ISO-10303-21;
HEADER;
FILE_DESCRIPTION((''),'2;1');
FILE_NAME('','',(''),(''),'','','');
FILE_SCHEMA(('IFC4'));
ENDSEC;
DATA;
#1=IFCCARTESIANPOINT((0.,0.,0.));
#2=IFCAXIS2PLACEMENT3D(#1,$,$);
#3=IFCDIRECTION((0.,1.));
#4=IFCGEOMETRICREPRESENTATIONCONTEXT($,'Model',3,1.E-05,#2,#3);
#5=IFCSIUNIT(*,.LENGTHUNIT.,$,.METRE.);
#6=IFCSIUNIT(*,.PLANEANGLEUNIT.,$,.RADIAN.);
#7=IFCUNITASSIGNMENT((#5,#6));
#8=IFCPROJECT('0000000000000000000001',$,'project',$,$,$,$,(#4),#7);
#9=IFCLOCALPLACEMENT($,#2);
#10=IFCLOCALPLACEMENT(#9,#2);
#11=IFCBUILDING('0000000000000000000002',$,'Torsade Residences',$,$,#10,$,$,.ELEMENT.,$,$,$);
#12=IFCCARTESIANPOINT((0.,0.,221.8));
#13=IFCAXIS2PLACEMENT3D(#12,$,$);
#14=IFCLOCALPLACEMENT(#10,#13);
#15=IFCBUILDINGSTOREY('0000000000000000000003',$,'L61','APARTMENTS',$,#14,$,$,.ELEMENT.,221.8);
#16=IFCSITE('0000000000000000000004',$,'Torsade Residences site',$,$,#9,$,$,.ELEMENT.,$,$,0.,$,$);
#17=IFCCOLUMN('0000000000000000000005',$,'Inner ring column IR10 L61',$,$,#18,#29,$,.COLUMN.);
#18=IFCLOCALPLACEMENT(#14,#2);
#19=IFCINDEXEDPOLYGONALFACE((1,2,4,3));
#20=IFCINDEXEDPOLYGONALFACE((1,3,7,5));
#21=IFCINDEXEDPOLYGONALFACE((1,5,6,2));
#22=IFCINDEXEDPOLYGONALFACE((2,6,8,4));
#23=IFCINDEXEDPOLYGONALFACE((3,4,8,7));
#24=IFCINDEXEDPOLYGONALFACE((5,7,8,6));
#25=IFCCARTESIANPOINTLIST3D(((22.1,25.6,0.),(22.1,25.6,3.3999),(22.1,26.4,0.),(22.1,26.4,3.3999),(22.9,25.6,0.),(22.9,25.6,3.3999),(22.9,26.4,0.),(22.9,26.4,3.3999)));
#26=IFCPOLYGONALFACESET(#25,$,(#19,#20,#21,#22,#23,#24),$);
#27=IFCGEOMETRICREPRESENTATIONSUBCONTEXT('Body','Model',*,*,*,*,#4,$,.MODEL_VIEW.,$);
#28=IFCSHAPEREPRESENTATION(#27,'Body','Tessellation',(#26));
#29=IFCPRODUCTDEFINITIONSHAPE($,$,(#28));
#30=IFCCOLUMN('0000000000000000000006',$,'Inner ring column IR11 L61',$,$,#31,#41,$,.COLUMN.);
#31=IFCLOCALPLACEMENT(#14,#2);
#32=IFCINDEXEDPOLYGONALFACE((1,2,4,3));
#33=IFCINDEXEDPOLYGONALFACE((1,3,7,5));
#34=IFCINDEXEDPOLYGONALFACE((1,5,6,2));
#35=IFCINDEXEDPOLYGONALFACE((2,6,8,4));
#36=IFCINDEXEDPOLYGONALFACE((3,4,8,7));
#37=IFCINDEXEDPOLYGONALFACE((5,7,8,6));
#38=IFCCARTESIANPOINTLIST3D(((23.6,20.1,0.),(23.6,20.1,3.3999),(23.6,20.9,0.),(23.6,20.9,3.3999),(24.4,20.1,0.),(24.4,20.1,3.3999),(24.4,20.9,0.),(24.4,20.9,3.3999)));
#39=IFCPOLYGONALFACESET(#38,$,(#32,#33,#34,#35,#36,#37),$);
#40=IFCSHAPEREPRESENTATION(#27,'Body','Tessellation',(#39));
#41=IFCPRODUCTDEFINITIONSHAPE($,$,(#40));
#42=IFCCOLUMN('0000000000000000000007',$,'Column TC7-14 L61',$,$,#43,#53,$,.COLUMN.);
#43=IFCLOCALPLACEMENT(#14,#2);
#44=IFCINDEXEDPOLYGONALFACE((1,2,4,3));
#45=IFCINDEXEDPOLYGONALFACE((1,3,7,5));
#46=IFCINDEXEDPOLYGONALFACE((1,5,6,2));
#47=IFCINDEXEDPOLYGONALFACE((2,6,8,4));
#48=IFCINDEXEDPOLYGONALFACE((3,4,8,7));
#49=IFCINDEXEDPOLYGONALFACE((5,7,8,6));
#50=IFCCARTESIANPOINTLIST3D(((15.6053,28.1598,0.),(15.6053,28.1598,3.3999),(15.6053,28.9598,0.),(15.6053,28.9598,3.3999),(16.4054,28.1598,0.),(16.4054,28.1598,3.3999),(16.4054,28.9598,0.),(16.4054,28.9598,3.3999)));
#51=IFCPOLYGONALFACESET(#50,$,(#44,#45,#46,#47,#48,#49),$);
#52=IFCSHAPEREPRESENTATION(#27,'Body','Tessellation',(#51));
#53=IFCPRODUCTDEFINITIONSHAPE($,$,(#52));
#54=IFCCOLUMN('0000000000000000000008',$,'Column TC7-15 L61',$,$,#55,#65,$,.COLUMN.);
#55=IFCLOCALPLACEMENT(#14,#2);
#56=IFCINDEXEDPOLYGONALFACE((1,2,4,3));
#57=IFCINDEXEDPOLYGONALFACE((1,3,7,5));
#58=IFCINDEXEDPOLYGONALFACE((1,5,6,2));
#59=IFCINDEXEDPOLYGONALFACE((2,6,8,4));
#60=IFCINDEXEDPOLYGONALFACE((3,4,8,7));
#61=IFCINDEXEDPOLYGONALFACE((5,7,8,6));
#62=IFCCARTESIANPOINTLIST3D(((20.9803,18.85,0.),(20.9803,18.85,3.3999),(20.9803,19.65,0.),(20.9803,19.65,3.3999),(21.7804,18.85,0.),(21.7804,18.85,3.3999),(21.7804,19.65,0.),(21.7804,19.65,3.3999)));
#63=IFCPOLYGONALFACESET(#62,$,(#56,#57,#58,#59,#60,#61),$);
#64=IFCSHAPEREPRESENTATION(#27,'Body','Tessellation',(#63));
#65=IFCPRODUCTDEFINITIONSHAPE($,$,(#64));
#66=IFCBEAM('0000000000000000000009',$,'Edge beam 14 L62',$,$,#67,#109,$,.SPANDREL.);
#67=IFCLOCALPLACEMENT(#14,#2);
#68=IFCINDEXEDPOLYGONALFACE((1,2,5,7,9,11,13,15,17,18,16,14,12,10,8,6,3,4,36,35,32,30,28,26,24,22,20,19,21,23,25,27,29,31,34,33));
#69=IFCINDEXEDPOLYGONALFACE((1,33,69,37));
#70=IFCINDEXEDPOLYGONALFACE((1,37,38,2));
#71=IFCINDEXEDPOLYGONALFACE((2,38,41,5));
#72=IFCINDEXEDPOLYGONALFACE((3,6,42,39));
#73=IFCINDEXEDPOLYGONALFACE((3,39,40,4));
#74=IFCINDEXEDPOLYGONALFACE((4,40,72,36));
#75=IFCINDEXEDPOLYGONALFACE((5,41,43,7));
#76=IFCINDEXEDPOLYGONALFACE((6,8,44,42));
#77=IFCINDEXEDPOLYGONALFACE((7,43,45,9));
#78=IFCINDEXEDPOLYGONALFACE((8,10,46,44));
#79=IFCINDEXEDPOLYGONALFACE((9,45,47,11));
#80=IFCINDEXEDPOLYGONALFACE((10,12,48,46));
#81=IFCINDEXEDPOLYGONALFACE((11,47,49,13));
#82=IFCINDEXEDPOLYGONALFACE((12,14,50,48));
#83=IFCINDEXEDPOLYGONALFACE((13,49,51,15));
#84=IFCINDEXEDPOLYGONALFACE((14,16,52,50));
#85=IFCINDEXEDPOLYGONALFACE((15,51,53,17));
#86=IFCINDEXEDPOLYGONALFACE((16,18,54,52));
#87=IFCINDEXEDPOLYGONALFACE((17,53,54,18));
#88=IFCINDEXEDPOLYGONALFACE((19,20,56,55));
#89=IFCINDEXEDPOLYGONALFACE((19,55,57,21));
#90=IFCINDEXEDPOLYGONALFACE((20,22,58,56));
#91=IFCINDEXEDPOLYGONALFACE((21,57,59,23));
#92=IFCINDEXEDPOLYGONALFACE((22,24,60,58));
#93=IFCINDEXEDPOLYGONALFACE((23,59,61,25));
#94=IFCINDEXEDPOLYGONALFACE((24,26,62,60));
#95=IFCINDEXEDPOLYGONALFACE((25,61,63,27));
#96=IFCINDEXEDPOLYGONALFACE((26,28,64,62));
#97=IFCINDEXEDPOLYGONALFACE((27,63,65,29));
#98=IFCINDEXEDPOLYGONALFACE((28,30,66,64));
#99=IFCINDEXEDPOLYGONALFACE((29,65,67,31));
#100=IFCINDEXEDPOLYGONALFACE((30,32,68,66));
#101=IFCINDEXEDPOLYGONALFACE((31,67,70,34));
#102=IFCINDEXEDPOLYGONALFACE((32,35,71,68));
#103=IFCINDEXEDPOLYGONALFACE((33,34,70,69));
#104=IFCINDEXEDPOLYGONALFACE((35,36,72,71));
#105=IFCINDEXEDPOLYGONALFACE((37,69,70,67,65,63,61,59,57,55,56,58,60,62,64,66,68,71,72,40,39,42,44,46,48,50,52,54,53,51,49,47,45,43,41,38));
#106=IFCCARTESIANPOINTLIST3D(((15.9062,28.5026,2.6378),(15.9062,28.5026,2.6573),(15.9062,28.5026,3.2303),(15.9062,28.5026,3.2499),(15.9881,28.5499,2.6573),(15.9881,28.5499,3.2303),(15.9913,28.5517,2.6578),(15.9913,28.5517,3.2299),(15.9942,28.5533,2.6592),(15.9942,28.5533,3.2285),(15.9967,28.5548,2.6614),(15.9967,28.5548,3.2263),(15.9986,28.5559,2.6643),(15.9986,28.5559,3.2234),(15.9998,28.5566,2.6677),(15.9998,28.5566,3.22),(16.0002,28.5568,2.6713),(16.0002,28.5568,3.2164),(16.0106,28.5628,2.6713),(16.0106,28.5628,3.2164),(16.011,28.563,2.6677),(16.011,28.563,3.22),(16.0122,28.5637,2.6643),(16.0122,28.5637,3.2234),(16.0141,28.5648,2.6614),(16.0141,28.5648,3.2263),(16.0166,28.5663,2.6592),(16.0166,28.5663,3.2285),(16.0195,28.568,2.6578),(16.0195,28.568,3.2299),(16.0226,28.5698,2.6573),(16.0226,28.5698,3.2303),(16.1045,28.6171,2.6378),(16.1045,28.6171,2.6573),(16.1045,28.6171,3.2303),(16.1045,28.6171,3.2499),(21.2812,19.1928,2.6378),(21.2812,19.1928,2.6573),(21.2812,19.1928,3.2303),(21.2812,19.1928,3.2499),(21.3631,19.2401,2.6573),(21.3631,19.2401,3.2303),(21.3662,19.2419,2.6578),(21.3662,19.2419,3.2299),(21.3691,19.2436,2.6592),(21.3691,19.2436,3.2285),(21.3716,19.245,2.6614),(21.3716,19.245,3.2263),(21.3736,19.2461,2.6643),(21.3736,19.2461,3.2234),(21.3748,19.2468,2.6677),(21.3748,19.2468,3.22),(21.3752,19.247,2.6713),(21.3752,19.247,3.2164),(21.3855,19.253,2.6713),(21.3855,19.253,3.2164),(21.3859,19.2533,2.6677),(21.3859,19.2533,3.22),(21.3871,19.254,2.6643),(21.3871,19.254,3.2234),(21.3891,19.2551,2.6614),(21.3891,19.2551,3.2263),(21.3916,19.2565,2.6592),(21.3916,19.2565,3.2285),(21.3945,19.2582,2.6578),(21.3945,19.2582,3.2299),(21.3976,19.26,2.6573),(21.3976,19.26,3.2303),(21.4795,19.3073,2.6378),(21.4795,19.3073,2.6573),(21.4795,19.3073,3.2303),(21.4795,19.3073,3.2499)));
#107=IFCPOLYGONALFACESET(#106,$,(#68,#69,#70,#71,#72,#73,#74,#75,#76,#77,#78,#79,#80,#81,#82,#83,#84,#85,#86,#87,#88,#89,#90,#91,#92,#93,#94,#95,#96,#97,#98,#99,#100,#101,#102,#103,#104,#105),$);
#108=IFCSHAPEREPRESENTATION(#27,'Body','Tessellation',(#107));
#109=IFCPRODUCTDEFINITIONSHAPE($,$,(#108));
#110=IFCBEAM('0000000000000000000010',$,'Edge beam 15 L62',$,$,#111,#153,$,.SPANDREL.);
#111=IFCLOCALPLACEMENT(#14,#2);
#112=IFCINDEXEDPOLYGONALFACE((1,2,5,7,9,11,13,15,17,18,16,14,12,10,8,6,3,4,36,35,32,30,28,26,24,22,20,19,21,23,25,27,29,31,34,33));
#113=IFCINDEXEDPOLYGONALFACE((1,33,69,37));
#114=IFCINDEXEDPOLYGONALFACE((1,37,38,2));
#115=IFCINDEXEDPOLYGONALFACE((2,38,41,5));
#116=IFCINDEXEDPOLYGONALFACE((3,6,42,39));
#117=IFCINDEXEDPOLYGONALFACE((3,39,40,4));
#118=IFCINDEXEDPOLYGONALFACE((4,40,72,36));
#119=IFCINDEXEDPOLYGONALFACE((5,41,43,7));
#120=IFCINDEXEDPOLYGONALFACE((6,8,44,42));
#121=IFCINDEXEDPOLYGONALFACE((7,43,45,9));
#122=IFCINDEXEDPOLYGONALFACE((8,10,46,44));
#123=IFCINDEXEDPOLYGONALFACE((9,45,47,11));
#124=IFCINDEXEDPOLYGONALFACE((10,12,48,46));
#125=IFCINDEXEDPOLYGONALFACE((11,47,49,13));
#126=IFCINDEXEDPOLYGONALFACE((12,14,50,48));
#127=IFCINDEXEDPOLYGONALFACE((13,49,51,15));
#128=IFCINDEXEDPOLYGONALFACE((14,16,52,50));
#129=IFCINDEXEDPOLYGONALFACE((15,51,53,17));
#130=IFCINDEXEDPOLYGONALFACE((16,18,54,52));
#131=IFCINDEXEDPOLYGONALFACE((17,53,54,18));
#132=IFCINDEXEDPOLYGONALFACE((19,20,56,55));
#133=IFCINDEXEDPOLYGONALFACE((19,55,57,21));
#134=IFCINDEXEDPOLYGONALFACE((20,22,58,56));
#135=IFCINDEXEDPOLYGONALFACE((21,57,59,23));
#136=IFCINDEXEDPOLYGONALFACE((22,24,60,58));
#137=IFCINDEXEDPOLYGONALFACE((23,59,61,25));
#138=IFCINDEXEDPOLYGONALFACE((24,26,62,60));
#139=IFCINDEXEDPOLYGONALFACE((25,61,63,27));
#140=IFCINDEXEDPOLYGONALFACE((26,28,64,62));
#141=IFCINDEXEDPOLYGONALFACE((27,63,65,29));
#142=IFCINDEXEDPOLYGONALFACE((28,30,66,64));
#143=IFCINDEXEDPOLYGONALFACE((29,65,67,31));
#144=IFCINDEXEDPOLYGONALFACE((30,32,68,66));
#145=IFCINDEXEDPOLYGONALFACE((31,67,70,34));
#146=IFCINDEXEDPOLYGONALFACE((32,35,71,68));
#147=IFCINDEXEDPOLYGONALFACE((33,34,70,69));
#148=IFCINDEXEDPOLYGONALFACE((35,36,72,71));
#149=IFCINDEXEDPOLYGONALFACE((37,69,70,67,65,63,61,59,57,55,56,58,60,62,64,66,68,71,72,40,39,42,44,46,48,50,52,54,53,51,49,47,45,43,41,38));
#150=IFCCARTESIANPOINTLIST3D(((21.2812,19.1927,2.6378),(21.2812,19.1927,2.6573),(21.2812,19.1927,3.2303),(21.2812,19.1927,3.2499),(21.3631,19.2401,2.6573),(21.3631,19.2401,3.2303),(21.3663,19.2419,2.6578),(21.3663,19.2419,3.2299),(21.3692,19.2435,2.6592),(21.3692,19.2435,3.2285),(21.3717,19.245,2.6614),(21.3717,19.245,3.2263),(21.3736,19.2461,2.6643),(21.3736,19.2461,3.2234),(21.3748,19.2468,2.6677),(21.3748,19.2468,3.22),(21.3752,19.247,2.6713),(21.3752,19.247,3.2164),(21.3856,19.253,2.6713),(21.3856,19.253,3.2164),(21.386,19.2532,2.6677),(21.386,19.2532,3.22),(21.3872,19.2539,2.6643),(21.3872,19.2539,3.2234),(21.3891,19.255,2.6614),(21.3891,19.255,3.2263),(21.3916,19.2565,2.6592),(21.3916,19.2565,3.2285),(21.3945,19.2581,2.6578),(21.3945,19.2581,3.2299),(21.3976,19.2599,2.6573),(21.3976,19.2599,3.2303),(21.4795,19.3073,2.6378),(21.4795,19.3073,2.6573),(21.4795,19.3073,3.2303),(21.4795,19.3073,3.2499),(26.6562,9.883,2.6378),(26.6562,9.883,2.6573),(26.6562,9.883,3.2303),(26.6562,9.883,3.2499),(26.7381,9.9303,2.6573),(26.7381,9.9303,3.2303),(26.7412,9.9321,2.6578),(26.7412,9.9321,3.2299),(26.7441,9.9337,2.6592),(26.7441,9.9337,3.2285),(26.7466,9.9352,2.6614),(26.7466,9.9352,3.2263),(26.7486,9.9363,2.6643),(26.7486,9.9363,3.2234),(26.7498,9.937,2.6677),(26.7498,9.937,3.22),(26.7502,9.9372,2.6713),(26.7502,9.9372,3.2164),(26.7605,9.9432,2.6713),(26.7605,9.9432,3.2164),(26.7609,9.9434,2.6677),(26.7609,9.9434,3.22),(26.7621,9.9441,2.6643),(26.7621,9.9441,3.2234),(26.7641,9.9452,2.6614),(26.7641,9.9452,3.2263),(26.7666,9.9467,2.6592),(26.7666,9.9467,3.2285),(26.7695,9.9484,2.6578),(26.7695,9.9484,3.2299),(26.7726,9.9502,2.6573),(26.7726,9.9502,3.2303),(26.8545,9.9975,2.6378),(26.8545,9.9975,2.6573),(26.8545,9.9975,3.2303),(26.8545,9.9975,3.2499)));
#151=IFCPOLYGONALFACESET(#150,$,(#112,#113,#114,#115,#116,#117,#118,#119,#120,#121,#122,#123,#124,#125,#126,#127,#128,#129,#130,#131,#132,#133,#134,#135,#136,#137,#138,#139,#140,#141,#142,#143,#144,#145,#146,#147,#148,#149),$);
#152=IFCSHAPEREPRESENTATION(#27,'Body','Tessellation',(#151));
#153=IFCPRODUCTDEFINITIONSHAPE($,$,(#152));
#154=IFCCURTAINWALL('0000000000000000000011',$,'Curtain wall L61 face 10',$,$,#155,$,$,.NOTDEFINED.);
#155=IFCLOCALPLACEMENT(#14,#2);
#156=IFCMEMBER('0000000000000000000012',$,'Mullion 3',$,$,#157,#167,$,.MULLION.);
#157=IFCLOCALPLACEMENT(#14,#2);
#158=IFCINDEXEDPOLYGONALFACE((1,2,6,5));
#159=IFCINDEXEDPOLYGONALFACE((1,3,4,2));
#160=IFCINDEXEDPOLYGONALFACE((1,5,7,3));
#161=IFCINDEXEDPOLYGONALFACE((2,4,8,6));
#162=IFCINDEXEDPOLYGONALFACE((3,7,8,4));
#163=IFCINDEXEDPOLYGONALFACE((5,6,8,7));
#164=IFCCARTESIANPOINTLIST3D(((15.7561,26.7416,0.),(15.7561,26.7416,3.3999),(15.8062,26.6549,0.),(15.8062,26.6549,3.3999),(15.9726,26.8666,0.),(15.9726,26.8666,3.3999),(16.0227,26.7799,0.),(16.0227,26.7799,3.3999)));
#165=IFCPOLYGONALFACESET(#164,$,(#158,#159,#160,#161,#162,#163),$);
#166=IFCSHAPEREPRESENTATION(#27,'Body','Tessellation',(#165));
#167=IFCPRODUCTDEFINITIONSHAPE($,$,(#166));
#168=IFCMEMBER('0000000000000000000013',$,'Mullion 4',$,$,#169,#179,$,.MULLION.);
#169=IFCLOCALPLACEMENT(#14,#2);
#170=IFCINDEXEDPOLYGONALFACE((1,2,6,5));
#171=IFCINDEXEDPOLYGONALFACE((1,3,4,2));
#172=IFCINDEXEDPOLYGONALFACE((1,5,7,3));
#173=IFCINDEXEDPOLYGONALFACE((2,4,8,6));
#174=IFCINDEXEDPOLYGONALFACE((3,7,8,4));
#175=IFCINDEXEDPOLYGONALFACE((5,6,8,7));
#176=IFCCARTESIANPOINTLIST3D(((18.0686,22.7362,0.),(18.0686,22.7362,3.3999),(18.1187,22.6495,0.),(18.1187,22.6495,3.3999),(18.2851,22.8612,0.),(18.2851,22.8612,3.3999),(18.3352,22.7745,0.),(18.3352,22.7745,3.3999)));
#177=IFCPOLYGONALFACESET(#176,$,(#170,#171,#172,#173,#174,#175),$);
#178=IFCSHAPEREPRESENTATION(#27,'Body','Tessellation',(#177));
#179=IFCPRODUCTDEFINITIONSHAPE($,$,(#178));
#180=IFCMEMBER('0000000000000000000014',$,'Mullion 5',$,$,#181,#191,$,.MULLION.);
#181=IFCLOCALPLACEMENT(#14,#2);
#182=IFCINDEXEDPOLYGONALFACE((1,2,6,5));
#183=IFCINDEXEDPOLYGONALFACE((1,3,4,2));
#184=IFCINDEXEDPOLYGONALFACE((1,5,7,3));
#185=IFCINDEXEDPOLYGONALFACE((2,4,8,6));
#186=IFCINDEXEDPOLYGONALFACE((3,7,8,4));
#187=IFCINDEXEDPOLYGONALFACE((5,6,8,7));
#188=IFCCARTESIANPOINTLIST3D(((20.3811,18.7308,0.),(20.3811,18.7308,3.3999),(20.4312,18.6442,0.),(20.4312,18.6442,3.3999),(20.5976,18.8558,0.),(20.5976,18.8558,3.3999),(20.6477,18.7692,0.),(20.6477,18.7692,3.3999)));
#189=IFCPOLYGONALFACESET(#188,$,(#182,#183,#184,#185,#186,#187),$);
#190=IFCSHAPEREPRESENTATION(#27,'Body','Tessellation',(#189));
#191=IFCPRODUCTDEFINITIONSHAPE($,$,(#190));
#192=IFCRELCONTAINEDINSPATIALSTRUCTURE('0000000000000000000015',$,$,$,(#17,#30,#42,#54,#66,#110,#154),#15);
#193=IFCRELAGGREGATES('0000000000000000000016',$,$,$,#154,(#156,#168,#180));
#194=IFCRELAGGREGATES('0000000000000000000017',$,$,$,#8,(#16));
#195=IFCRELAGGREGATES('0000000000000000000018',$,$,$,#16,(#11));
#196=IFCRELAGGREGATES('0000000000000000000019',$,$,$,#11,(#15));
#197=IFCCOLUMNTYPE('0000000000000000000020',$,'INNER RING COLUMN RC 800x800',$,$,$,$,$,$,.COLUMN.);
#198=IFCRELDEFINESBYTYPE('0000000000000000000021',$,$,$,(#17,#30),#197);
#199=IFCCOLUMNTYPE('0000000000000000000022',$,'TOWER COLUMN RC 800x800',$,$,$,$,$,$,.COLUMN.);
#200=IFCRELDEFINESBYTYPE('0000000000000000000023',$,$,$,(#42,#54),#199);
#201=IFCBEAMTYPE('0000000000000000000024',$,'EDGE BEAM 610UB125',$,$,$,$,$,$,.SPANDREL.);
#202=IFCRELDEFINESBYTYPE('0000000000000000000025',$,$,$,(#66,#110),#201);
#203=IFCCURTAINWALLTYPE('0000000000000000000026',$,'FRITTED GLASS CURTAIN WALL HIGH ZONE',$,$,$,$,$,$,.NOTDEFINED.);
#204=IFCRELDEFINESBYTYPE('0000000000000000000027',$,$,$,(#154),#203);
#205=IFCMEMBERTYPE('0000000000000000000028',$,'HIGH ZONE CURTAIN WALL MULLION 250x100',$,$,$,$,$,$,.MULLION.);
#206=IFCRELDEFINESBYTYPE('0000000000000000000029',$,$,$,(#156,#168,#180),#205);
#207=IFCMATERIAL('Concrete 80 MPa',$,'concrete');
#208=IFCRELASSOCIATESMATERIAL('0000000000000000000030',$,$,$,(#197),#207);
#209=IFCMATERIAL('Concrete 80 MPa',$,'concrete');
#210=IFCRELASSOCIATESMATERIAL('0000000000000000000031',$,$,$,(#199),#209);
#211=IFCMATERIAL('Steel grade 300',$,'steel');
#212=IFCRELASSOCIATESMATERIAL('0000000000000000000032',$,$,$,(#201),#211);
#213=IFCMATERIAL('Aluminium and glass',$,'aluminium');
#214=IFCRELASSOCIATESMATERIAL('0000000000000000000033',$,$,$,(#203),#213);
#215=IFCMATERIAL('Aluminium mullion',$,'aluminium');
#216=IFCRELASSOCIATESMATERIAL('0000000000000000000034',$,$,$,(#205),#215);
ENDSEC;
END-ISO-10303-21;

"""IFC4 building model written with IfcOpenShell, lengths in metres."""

from ifc_helpers import new_model, si_unit, direction, frame, origin, origin_2d, place, context, subcontext, project, spatial, rectangle, i_section, extrude, material, material_profile, profile_set, type_object, element, aggregate, save


model = new_model("IFC4")

# Units and contexts
model_context = context("Model", 3, precision=1e-05, world=origin(), true_north=direction((0.0, 1.0)))
body_context = subcontext(model_context, "Body", "Model", "MODEL_VIEW")
ifc_project = project(units=[si_unit("LENGTHUNIT", "METRE"), si_unit("PLANEANGLEUNIT", "RADIAN")], contexts=[model_context])

# Site, building, storey
site_placement = place(None, origin())
site = spatial("IfcSite", under=ifc_project, at=site_placement, Name="Torsade Residences site", CompositionType="ELEMENT", RefElevation=0.0)
building_placement = place(site_placement, origin())
building = spatial("IfcBuilding", under=site, at=building_placement, Name="Torsade Residences", CompositionType="ELEMENT")
storey_placement = place(building_placement, frame((0.0, 0.0, 221.8)))
storey = spatial("IfcBuildingStorey", under=building, at=storey_placement, Name="L61", Description="APARTMENTS", CompositionType="ELEMENT", Elevation=221.8)

# Columns
ifc_material_1 = material(Name="Concrete 80 MPa", Category="concrete")
ifc_material_profile_1 = material_profile(ifc_material_1, rectangle(XDim=0.8, YDim=0.8, at=origin_2d()), Name="RC 800x800")
ifc_profile_set_1 = profile_set([ifc_material_profile_1], Name="Concrete 80 MPa")
column_type_1 = type_object("IfcColumnType", Name="INNER RING COLUMN RC 800x800", PredefinedType="COLUMN", material=ifc_profile_set_1)
for number, where, z_axis, x_axis, name in (
    (1, (22.5, 26.0, 0.0), (0.0, 0.0, 1.0), (1.0, 0.0, 0.0), "Inner ring column IR10 L61"),
    (2, (24.0, 20.5, 0.0), (0.0, 0.0, 1.0), (1.0, 0.0, 0.0), "Inner ring column IR11 L61"),
):
    element("IfcColumn", number, at=place(storey_placement, frame(where, z_axis=z_axis, x_axis=x_axis)), inside=storey, type_object=column_type_1, Name=name, PredefinedType="COLUMN", context=body_context, shape_type="SweptSolid", body=[
        extrude(rectangle(XDim=0.8, YDim=0.8, at=origin_2d()), origin(), (0.0, 0.0, 1.0), 3.3999),
    ])
ifc_material_2 = material(Name="Concrete 80 MPa", Category="concrete")
ifc_material_profile_2 = material_profile(ifc_material_2, rectangle(XDim=0.8, YDim=0.8, at=origin_2d()), Name="RC 800x800")
ifc_profile_set_2 = profile_set([ifc_material_profile_2], Name="Concrete 80 MPa")
column_type_2 = type_object("IfcColumnType", Name="TOWER COLUMN RC 800x800", PredefinedType="COLUMN", material=ifc_profile_set_2)
for number, where, z_axis, x_axis, name in (
    (3, (16.0054, 28.5598, 0.0), (0.0, 0.0, 1.0), (1.0, 0.0, 0.0), "Column TC7-14 L61"),
    (4, (21.3804, 19.25, 0.0), (0.0, 0.0, 1.0), (1.0, 0.0, 0.0), "Column TC7-15 L61"),
):
    element("IfcColumn", number, at=place(storey_placement, frame(where, z_axis=z_axis, x_axis=x_axis)), inside=storey, type_object=column_type_2, Name=name, PredefinedType="COLUMN", context=body_context, shape_type="SweptSolid", body=[
        extrude(rectangle(XDim=0.8, YDim=0.8, at=origin_2d()), origin(), (0.0, 0.0, 1.0), 3.3999),
    ])

# Beams
ifc_material_3 = material(Name="Steel grade 300", Category="steel")
ifc_material_profile_3 = material_profile(ifc_material_3, i_section(OverallWidth=0.229, OverallDepth=0.6121, WebThickness=0.012, FlangeThickness=0.0195, FilletRadius=0.0139, at=origin_2d()), Name="610UB125")
ifc_profile_set_3 = profile_set([ifc_material_profile_3], Name="Steel grade 300")
beam_type_1 = type_object("IfcBeamType", Name="EDGE BEAM 610UB125", PredefinedType="SPANDREL", material=ifc_profile_set_3)
for number, where, z_axis, x_axis, name in (
    (5, (16.0054, 28.5598, 2.9438), (0.499998, -0.866026, 0.0), (0.866026, 0.499998, 0.0), "Edge beam 14 L62"),
    (6, (21.3804, 19.25, 2.9438), (0.499998, -0.866026, 0.0), (0.866026, 0.499998, 0.0), "Edge beam 15 L62"),
):
    element("IfcBeam", number, at=place(storey_placement, frame(where, z_axis=z_axis, x_axis=x_axis)), inside=storey, type_object=beam_type_1, Name=name, PredefinedType="SPANDREL", context=body_context, shape_type="SweptSolid", body=[
        extrude(i_section(OverallWidth=0.229, OverallDepth=0.6121, WebThickness=0.012, FlangeThickness=0.0195, FilletRadius=0.0139, at=origin_2d()), origin(), (0.0, 0.0, 1.0), 10.75),
    ])

# Curtain wall, members
ifc_material_4 = material(Name="Aluminium and glass", Category="aluminium")
curtain_wall_type = type_object("IfcCurtainWallType", Name="FRITTED GLASS CURTAIN WALL HIGH ZONE", PredefinedType="NOTDEFINED", material=ifc_material_4)
curtain_wall_placement = place(storey_placement, origin())
curtain_wall = element("IfcCurtainWall", 7, at=curtain_wall_placement, inside=storey, type_object=curtain_wall_type, Name="Curtain wall L61 face 10", PredefinedType="NOTDEFINED")
ifc_material_5 = material(Name="Aluminium mullion", Category="aluminium")
ifc_material_profile_4 = material_profile(ifc_material_5, rectangle(XDim=0.25, YDim=0.1001, at=origin_2d()), Name="HIGH ZONE CURTAIN WALL MULLION 250x100")
ifc_profile_set_4 = profile_set([ifc_material_profile_4], Name="Aluminium mullion")
member_type_1 = type_object("IfcMemberType", Name="HIGH ZONE CURTAIN WALL MULLION 250x100", PredefinedType="MULLION", material=ifc_profile_set_4)
member_1_placement = place(storey_placement, frame((15.8894, 26.7607, 0.0), z_axis=(0.0, 0.0, 1.0), x_axis=(0.866025, 0.5, 0.0)))
member_1 = element("IfcMember", 8, at=member_1_placement, type_object=member_type_1, Name="Mullion 3", PredefinedType="MULLION", context=body_context, shape_type="SweptSolid", body=[
    extrude(rectangle(XDim=0.25, YDim=0.1001, at=origin_2d()), origin(), (0.0, 0.0, 1.0), 3.3999),
])
member_2_placement = place(storey_placement, frame((18.2019, 22.7554, 0.0), z_axis=(0.0, 0.0, 1.0), x_axis=(0.866025, 0.5, 0.0)))
member_2 = element("IfcMember", 9, at=member_2_placement, type_object=member_type_1, Name="Mullion 4", PredefinedType="MULLION", context=body_context, shape_type="SweptSolid", body=[
    extrude(rectangle(XDim=0.25, YDim=0.1001, at=origin_2d()), origin(), (0.0, 0.0, 1.0), 3.3999),
])
member_3_placement = place(storey_placement, frame((20.5144, 18.75, 0.0), z_axis=(0.0, 0.0, 1.0), x_axis=(0.866025, 0.5, 0.0)))
member_3 = element("IfcMember", 10, at=member_3_placement, type_object=member_type_1, Name="Mullion 5", PredefinedType="MULLION", context=body_context, shape_type="SweptSolid", body=[
    extrude(rectangle(XDim=0.25, YDim=0.1001, at=origin_2d()), origin(), (0.0, 0.0, 1.0), 3.3999),
])

aggregate(curtain_wall, [member_1, member_2, member_3])

save(model, "model.ifc")
